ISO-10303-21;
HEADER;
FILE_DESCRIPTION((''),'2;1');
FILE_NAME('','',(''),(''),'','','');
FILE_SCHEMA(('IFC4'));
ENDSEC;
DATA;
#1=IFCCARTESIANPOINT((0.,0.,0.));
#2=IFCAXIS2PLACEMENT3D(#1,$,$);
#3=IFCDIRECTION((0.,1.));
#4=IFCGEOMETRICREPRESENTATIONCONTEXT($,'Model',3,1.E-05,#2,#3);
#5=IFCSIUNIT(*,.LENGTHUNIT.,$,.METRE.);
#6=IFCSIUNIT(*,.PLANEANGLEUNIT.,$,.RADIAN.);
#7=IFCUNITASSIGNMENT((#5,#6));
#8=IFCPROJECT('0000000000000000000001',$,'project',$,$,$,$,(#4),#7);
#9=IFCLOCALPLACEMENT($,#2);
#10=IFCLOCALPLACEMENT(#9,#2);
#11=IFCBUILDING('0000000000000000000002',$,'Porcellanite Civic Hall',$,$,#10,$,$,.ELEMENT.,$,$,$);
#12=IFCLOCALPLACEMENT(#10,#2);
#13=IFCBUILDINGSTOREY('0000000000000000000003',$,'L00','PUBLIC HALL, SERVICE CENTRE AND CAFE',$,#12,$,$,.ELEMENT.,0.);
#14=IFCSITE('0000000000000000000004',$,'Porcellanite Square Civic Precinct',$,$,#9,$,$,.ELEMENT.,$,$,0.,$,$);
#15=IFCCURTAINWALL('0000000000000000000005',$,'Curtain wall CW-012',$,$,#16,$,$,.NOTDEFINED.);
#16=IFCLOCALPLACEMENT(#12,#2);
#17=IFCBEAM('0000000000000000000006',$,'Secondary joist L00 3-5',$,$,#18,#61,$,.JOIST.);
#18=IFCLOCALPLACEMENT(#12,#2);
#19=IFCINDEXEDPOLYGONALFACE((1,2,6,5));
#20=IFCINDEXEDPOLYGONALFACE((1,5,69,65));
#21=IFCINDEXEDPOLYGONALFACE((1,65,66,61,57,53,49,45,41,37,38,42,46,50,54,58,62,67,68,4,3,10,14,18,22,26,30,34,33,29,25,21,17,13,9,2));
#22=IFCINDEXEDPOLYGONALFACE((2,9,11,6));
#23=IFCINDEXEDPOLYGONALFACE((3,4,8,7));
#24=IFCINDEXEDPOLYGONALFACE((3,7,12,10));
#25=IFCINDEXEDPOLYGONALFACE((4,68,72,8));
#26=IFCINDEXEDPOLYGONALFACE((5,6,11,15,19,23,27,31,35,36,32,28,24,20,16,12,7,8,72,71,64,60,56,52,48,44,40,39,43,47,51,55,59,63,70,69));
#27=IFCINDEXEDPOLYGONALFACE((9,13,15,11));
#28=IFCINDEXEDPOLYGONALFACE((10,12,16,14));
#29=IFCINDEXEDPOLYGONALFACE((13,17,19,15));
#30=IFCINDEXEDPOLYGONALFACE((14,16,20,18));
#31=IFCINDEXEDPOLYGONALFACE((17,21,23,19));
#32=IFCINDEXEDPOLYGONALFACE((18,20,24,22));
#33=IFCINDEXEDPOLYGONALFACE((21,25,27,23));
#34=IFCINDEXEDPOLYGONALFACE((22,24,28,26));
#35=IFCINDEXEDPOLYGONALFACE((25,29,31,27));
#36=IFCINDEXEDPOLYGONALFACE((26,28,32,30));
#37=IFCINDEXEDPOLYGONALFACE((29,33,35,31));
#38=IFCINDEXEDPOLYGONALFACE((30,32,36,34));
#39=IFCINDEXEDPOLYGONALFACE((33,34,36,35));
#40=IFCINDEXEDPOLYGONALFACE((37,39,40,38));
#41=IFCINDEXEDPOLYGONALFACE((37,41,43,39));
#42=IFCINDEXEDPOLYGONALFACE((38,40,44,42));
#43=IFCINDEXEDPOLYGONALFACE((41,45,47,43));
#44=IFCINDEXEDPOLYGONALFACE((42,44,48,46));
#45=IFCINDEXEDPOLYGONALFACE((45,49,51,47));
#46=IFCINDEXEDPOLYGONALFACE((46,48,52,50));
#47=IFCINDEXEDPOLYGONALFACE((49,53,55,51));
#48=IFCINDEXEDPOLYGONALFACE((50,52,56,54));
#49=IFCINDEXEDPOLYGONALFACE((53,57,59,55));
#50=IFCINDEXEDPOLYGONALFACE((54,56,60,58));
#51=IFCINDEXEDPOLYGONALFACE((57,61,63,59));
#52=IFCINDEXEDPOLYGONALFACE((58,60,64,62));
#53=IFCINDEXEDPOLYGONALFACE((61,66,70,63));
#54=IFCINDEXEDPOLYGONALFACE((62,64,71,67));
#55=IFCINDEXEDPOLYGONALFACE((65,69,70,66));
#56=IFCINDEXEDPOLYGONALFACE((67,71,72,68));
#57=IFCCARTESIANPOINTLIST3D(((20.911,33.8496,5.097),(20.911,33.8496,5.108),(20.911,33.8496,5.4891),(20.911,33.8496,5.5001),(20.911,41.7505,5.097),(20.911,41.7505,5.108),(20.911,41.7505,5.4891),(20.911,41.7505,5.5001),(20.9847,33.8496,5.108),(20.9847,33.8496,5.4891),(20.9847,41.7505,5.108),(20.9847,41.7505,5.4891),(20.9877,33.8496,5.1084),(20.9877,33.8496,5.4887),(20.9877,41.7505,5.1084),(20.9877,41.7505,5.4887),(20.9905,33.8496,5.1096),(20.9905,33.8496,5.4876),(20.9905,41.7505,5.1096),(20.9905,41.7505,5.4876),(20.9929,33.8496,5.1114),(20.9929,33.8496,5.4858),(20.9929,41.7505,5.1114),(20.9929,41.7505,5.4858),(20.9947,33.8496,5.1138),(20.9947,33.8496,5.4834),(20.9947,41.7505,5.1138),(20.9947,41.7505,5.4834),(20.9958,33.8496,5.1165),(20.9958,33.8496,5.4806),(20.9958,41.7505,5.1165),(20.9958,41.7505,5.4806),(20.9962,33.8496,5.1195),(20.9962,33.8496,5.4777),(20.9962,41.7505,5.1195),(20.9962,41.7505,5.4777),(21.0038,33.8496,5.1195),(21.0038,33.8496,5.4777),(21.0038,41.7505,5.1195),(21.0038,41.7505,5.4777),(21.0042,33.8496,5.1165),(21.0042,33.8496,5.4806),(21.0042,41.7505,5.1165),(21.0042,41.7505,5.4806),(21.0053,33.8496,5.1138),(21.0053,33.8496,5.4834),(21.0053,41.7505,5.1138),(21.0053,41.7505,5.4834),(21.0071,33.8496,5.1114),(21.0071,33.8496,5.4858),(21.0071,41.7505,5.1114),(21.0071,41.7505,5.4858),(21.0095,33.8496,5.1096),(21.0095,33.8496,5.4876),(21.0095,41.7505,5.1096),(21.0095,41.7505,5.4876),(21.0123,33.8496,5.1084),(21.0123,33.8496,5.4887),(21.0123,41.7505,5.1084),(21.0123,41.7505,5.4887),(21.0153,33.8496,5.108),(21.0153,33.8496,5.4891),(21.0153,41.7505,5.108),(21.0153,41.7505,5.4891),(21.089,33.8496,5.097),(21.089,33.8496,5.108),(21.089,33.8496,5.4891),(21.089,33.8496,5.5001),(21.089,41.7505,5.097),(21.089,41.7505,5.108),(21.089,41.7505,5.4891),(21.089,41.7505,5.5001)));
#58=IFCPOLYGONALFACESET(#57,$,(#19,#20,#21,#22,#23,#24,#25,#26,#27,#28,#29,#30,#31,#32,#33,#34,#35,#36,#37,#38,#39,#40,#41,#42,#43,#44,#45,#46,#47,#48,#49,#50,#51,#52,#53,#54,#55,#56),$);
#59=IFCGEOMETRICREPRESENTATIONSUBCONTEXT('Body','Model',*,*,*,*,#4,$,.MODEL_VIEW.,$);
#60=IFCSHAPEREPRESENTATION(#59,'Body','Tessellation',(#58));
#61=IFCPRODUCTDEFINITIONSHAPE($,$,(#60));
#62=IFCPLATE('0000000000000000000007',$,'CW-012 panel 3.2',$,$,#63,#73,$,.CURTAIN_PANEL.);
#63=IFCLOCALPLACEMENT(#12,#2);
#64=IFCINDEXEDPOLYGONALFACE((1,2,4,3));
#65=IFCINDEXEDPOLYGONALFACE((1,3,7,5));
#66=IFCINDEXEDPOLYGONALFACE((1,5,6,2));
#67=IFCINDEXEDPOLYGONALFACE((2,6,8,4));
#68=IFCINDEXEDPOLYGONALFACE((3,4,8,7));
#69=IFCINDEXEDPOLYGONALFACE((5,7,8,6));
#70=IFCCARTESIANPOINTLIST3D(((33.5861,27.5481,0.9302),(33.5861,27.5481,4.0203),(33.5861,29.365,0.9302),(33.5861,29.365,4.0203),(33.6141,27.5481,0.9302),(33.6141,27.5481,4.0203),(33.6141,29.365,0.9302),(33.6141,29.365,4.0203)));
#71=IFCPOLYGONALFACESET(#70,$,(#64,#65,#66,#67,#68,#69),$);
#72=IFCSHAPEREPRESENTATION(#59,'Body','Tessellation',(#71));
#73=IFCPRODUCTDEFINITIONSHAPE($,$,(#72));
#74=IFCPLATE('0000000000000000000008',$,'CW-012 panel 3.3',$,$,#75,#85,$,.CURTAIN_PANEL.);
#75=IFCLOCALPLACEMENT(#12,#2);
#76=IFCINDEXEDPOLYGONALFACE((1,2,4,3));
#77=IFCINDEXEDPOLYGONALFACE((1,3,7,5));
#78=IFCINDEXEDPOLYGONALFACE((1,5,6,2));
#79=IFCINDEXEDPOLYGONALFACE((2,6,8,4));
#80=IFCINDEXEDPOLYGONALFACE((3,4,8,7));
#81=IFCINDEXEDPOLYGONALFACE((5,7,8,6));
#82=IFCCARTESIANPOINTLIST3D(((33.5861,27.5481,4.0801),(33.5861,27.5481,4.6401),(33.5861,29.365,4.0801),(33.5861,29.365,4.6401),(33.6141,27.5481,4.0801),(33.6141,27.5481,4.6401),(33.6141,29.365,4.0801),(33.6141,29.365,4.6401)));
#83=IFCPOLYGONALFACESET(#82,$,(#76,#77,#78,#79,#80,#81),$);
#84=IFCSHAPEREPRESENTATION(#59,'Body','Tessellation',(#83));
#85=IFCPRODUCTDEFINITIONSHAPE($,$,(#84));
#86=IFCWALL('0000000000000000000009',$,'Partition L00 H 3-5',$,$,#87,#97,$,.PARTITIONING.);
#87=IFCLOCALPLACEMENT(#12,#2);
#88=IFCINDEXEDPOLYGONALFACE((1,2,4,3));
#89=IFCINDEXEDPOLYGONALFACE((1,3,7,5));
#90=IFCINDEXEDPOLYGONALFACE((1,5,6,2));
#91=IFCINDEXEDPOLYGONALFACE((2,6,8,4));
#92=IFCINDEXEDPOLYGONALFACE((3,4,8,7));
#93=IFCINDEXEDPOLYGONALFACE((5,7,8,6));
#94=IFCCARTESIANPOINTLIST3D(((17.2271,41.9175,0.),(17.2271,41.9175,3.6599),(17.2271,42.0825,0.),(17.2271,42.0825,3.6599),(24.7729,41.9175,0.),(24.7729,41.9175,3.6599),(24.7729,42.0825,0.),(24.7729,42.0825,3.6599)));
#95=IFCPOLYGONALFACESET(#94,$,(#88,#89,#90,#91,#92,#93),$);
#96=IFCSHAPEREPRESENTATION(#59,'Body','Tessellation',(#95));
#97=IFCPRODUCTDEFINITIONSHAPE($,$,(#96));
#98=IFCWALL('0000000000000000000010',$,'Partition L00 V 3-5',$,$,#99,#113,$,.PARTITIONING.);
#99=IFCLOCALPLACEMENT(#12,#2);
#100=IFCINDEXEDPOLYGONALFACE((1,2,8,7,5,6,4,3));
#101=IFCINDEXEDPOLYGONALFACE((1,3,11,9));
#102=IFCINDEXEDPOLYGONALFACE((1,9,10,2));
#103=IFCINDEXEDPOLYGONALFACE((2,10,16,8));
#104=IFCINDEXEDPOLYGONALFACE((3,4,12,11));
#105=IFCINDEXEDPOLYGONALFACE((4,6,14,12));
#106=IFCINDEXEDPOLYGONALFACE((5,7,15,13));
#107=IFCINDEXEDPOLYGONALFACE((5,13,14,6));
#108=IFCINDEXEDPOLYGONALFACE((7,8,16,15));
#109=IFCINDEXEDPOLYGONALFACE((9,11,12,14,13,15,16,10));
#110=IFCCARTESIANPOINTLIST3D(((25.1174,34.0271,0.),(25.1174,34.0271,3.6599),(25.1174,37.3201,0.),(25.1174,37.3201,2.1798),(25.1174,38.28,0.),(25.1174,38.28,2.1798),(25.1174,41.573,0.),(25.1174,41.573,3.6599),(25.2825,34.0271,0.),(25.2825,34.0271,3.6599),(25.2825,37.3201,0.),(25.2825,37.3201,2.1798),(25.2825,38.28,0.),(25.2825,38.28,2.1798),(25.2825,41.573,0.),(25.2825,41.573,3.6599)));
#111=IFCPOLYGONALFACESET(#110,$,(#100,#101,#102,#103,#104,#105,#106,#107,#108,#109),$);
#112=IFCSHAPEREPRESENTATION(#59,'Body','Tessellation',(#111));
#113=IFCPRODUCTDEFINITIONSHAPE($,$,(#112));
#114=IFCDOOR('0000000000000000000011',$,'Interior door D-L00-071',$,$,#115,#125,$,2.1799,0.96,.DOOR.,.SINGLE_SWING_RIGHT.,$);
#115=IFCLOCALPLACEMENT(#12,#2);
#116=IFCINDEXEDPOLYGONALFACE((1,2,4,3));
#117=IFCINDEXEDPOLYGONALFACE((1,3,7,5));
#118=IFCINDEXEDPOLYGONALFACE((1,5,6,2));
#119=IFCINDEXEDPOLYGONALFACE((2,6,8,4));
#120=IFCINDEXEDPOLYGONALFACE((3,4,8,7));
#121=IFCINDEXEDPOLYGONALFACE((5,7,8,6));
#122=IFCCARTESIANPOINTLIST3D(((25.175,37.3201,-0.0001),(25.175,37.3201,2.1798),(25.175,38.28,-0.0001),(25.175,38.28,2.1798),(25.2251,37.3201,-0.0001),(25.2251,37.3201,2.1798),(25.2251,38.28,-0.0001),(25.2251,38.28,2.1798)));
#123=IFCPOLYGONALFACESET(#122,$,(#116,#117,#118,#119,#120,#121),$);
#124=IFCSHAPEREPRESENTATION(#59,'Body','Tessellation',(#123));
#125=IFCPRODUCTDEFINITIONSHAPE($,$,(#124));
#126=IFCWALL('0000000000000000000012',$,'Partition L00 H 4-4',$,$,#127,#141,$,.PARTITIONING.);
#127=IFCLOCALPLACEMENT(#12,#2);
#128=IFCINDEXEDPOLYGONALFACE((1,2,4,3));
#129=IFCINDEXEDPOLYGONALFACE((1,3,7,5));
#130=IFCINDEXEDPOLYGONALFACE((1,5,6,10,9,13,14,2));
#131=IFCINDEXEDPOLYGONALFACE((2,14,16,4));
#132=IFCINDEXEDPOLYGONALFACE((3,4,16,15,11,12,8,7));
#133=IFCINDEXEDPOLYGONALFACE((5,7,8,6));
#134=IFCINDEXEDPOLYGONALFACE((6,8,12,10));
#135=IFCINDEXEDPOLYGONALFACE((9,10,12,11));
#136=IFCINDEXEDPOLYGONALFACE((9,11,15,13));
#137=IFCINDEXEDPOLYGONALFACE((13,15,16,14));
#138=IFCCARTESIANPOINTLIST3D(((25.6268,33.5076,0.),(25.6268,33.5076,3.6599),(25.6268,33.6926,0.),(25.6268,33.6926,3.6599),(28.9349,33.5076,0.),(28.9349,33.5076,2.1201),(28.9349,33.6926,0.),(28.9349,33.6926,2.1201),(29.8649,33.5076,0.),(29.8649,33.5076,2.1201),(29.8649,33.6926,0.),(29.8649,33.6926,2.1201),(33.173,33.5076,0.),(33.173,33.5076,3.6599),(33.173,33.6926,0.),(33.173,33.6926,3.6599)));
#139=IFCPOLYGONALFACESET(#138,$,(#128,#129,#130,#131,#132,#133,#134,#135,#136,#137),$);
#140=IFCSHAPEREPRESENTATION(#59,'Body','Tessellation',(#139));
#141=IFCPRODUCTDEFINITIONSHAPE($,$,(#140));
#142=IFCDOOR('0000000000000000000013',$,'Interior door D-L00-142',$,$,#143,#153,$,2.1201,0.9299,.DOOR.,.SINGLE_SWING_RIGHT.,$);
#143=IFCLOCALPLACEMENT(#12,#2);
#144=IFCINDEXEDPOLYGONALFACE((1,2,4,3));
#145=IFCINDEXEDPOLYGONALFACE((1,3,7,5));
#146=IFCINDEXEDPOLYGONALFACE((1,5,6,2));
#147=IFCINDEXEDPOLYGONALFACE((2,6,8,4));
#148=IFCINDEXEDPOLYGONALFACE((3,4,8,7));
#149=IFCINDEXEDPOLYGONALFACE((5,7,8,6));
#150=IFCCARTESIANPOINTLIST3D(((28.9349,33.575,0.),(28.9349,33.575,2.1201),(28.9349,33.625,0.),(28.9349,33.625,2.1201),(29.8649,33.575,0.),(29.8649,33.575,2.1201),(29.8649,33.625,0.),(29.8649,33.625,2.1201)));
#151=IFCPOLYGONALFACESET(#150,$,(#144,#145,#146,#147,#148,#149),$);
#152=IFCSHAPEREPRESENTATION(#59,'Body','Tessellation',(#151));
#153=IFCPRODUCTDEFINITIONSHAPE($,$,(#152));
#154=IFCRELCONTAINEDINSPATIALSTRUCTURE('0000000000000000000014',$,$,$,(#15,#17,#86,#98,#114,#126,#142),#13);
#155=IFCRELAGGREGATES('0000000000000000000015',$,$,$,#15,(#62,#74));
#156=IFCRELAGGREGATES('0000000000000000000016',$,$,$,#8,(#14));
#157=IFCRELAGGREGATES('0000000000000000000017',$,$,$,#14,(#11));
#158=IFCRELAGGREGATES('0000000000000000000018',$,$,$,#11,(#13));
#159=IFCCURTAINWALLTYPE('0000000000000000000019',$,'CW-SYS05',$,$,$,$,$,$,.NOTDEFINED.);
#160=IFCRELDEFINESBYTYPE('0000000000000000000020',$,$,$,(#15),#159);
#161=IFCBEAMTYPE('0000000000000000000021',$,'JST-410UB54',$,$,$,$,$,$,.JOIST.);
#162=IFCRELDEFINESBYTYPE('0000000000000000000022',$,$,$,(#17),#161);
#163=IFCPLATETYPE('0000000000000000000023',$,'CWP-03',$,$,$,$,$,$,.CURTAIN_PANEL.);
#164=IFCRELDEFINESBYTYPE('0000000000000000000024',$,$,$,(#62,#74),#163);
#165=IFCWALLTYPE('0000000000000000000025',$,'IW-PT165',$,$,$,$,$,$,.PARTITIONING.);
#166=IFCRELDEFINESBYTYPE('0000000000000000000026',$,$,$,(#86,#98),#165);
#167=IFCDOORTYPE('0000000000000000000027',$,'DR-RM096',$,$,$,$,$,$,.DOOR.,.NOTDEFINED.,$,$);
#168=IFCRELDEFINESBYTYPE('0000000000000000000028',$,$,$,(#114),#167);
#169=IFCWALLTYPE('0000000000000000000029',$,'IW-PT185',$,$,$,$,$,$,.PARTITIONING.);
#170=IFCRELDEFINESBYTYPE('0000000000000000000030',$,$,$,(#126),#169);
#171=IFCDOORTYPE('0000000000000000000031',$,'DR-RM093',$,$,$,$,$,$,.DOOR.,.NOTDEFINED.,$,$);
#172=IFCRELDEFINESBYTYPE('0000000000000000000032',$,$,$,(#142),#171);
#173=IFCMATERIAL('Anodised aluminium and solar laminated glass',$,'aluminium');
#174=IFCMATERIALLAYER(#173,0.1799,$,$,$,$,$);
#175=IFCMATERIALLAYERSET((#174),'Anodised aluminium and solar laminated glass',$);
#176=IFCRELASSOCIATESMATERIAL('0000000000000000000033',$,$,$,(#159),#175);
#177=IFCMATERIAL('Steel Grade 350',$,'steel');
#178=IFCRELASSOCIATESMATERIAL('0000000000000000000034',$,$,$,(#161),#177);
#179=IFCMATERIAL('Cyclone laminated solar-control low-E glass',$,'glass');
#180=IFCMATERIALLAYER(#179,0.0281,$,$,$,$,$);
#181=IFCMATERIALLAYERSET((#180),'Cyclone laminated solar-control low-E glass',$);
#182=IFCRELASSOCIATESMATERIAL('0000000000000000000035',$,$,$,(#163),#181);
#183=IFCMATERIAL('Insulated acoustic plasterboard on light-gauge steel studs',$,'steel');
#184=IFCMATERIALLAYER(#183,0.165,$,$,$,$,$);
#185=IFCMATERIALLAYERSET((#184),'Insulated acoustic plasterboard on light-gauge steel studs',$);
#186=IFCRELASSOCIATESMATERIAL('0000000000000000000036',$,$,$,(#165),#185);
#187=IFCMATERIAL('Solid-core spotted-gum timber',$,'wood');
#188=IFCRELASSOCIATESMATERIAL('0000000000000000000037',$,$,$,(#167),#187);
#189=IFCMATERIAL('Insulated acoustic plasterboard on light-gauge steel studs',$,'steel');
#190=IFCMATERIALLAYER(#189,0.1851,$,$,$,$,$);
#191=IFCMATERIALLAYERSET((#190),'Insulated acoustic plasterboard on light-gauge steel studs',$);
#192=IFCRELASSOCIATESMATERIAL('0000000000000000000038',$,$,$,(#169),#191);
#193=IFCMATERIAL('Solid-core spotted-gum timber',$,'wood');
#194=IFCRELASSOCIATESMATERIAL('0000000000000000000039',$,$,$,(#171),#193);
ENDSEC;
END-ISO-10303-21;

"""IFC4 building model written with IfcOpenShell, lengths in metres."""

from ifc_helpers import new_model, si_unit, direction, frame, frame_2d, origin, origin_2d, place, context, subcontext, project, spatial, rectangle, i_section, extrude, material, layer, layer_set, material_profile, profile_set, type_object, element, fill, aggregate, save


model = new_model("IFC4")

# Units and contexts
model_context = context("Model", 3, precision=1e-05, world=origin(), true_north=direction((0.0, 1.0)))
body_context = subcontext(model_context, "Body", "Model", "MODEL_VIEW")
ifc_project = project(units=[si_unit("LENGTHUNIT", "METRE"), si_unit("PLANEANGLEUNIT", "RADIAN")], contexts=[model_context])

# Site, building, storey
site_placement = place(None, origin())
site = spatial("IfcSite", under=ifc_project, at=site_placement, Name="Porcellanite Square Civic Precinct", CompositionType="ELEMENT", RefElevation=0.0)
building_placement = place(site_placement, origin())
building = spatial("IfcBuilding", under=site, at=building_placement, Name="Porcellanite Civic Hall", CompositionType="ELEMENT")
storey_placement = place(building_placement, origin())
storey = spatial("IfcBuildingStorey", under=building, at=storey_placement, Name="L00", Description="PUBLIC HALL, SERVICE CENTRE AND CAFE", CompositionType="ELEMENT", Elevation=0.0)

# Curtain wall
ifc_material_1 = material(Name="Anodised aluminium and solar laminated glass", Category="aluminium")
ifc_layer_1 = layer(ifc_material_1, 0.1799)
ifc_layer_set_1 = layer_set([ifc_layer_1], Name="Anodised aluminium and solar laminated glass")
curtain_wall_type = type_object("IfcCurtainWallType", Name="CW-SYS05", PredefinedType="NOTDEFINED", material=ifc_layer_set_1)
curtain_wall_placement = place(storey_placement, origin())
curtain_wall = element("IfcCurtainWall", 1, at=curtain_wall_placement, inside=storey, type_object=curtain_wall_type, Name="Curtain wall CW-012", PredefinedType="NOTDEFINED")

# Beam
ifc_material_2 = material(Name="Steel Grade 350", Category="steel")
ifc_material_profile_1 = material_profile(ifc_material_2, i_section(OverallWidth=0.178, OverallDepth=0.4031, WebThickness=0.0076, FlangeThickness=0.011, FilletRadius=0.0115, at=origin_2d()), Name="410UB53.7")
ifc_profile_set_1 = profile_set([ifc_material_profile_1], Name="Steel Grade 350")
beam_type_1 = type_object("IfcBeamType", Name="JST-410UB54", PredefinedType="JOIST", material=ifc_profile_set_1)
beam_1_placement = place(storey_placement, frame((21.0, 33.8496, 5.2986), z_axis=(0.0, 1.0, 0.0), x_axis=(-1.0, 0.0, 0.0)))
element("IfcBeam", 2, at=beam_1_placement, inside=storey, type_object=beam_type_1, Name="Secondary joist L00 3-5", PredefinedType="JOIST", context=body_context, shape_type="SweptSolid", body=[
    extrude(i_section(OverallWidth=0.178, OverallDepth=0.4031, WebThickness=0.0076, FlangeThickness=0.011, FilletRadius=0.0115, at=origin_2d()), origin(), (0.0, 0.0, 1.0), 7.9009),
])

# Plates
ifc_material_3 = material(Name="Cyclone laminated solar-control low-E glass", Category="glass")
ifc_layer_2 = layer(ifc_material_3, 0.0281)
ifc_layer_set_2 = layer_set([ifc_layer_2], Name="Cyclone laminated solar-control low-E glass")
plate_type = type_object("IfcPlateType", Name="CWP-03", PredefinedType="CURTAIN_PANEL", material=ifc_layer_set_2)
plate_1_placement = place(storey_placement, frame((33.6001, 28.4565, 0.9302), z_axis=(0.0, 0.0, 1.0), x_axis=(0.0, -1.0, 0.0)))
plate_1 = element("IfcPlate", 3, at=plate_1_placement, type_object=plate_type, Name="CW-012 panel 3.2", PredefinedType="CURTAIN_PANEL", context=body_context, shape_type="SweptSolid", body=[
    extrude(rectangle(XDim=1.8169, YDim=0.0281, at=origin_2d()), origin(), (0.0, 0.0, 1.0), 3.0901),
])
plate_2_placement = place(storey_placement, frame((33.6001, 28.4565, 4.0801), z_axis=(0.0, 0.0, 1.0), x_axis=(0.0, -1.0, 0.0)))
plate_2 = element("IfcPlate", 4, at=plate_2_placement, type_object=plate_type, Name="CW-012 panel 3.3", PredefinedType="CURTAIN_PANEL", context=body_context, shape_type="SweptSolid", body=[
    extrude(rectangle(XDim=1.8169, YDim=0.0281, at=origin_2d()), origin(), (0.0, 0.0, 1.0), 0.5601),
])
aggregate(curtain_wall, [plate_1, plate_2])

# Wall
ifc_material_4 = material(Name="Insulated acoustic plasterboard on light-gauge steel studs", Category="steel")
ifc_layer_3 = layer(ifc_material_4, 0.165)
ifc_layer_set_3 = layer_set([ifc_layer_3], Name="Insulated acoustic plasterboard on light-gauge steel studs")
wall_type_1 = type_object("IfcWallType", Name="IW-PT165", PredefinedType="PARTITIONING", material=ifc_layer_set_3)
wall_1_placement = place(storey_placement, frame((17.2271, 42.0, 0.0), z_axis=(0.0, 0.0, 1.0), x_axis=(1.0, 0.0, 0.0)))
element("IfcWall", 5, at=wall_1_placement, inside=storey, type_object=wall_type_1, Name="Partition L00 H 3-5", PredefinedType="PARTITIONING", context=body_context, shape_type="SweptSolid", body=[
    extrude(rectangle(XDim=7.5459, YDim=0.165, at=frame_2d((3.7729, 0.0))), origin(), (0.0, 0.0, 1.0), 3.6599),
])

# Walls, openings, doors
wall_2_placement = place(storey_placement, frame((25.2, 34.0271, 0.0), z_axis=(0.0, 0.0, 1.0), x_axis=(0.0, 1.0, 0.0)))
wall_2 = element("IfcWall", 6, at=wall_2_placement, inside=storey, type_object=wall_type_1, Name="Partition L00 V 3-5", PredefinedType="PARTITIONING", context=body_context, shape_type="SweptSolid", body=[
    extrude(rectangle(XDim=7.5459, YDim=0.165, at=frame_2d((3.7729, 0.0))), origin(), (0.0, 0.0, 1.0), 3.6599),
])
opening_1_placement = place(wall_2_placement, frame((3.293, 0.0, 0.0)))
opening_1 = element("IfcOpeningElement", 7, at=opening_1_placement, cuts=wall_2, PredefinedType="OPENING", context=body_context, shape_type="SweptSolid", body=[
    extrude(rectangle(XDim=0.96, YDim=2.1799, at=frame_2d((0.48, 1.0898))), frame((0.0, 0.0825, 0.0), z_axis=(0.0, -1.0, 0.0), x_axis=(1.0, 0.0, 0.0)), (0.0, 0.0, 1.0), 0.165),
])
ifc_material_5 = material(Name="Solid-core spotted-gum timber", Category="wood")
door_type_1 = type_object("IfcDoorType", Name="DR-RM096", OperationType="NOTDEFINED", PredefinedType="DOOR", material=ifc_material_5)
door_1_placement = place(opening_1_placement, origin())
door_1 = element("IfcDoor", 8, at=door_1_placement, inside=storey, type_object=door_type_1, Name="Interior door D-L00-071", OperationType="SINGLE_SWING_RIGHT", OverallHeight=2.1799, OverallWidth=0.96, PredefinedType="DOOR", context=body_context, shape_type="SweptSolid", body=[
    extrude(rectangle(XDim=0.96, YDim=2.1799, at=frame_2d((0.48, 1.0898))), frame((0.0, 0.0249, 0.0), z_axis=(0.0, -1.0, 0.0), x_axis=(1.0, 0.0, 0.0)), (0.0, 0.0, 1.0), 0.05),
])
fill(opening_1, door_1)
ifc_material_6 = material(Name="Insulated acoustic plasterboard on light-gauge steel studs", Category="steel")
ifc_layer_4 = layer(ifc_material_6, 0.1851)
ifc_layer_set_4 = layer_set([ifc_layer_4], Name="Insulated acoustic plasterboard on light-gauge steel studs")
wall_type_2 = type_object("IfcWallType", Name="IW-PT185", PredefinedType="PARTITIONING", material=ifc_layer_set_4)
wall_3_placement = place(storey_placement, frame((25.627, 33.6001, 0.0), z_axis=(0.0, 0.0, 1.0), x_axis=(1.0, 0.0, 0.0)))
wall_3 = element("IfcWall", 9, at=wall_3_placement, inside=storey, type_object=wall_type_2, Name="Partition L00 H 4-4", PredefinedType="PARTITIONING", context=body_context, shape_type="SweptSolid", body=[
    extrude(rectangle(XDim=7.5461, YDim=0.1851, at=frame_2d((3.7729, 0.0))), origin(), (0.0, 0.0, 1.0), 3.6599),
])
opening_2_placement = place(wall_3_placement, frame((3.3081, 0.0, 0.0)))
opening_2 = element("IfcOpeningElement", 10, at=opening_2_placement, cuts=wall_3, PredefinedType="OPENING", context=body_context, shape_type="SweptSolid", body=[
    extrude(rectangle(XDim=0.9299, YDim=2.1201, at=frame_2d((0.4648, 1.0601))), frame((0.0, 0.0925, 0.0), z_axis=(0.0, -1.0, 0.0), x_axis=(1.0, 0.0, 0.0)), (0.0, 0.0, 1.0), 0.1851),
])
ifc_material_7 = material(Name="Solid-core spotted-gum timber", Category="wood")
door_type_2 = type_object("IfcDoorType", Name="DR-RM093", OperationType="NOTDEFINED", PredefinedType="DOOR", material=ifc_material_7)
door_2_placement = place(opening_2_placement, origin())
door_2 = element("IfcDoor", 11, at=door_2_placement, inside=storey, type_object=door_type_2, Name="Interior door D-L00-142", OperationType="SINGLE_SWING_RIGHT", OverallHeight=2.1201, OverallWidth=0.9299, PredefinedType="DOOR", context=body_context, shape_type="SweptSolid", body=[
    extrude(rectangle(XDim=0.9299, YDim=2.1201, at=frame_2d((0.4648, 1.0601))), frame((0.0, 0.0249, 0.0), z_axis=(0.0, -1.0, 0.0), x_axis=(1.0, 0.0, 0.0)), (0.0, 0.0, 1.0), 0.05),
])
fill(opening_2, door_2)

save(model, "model.ifc")
